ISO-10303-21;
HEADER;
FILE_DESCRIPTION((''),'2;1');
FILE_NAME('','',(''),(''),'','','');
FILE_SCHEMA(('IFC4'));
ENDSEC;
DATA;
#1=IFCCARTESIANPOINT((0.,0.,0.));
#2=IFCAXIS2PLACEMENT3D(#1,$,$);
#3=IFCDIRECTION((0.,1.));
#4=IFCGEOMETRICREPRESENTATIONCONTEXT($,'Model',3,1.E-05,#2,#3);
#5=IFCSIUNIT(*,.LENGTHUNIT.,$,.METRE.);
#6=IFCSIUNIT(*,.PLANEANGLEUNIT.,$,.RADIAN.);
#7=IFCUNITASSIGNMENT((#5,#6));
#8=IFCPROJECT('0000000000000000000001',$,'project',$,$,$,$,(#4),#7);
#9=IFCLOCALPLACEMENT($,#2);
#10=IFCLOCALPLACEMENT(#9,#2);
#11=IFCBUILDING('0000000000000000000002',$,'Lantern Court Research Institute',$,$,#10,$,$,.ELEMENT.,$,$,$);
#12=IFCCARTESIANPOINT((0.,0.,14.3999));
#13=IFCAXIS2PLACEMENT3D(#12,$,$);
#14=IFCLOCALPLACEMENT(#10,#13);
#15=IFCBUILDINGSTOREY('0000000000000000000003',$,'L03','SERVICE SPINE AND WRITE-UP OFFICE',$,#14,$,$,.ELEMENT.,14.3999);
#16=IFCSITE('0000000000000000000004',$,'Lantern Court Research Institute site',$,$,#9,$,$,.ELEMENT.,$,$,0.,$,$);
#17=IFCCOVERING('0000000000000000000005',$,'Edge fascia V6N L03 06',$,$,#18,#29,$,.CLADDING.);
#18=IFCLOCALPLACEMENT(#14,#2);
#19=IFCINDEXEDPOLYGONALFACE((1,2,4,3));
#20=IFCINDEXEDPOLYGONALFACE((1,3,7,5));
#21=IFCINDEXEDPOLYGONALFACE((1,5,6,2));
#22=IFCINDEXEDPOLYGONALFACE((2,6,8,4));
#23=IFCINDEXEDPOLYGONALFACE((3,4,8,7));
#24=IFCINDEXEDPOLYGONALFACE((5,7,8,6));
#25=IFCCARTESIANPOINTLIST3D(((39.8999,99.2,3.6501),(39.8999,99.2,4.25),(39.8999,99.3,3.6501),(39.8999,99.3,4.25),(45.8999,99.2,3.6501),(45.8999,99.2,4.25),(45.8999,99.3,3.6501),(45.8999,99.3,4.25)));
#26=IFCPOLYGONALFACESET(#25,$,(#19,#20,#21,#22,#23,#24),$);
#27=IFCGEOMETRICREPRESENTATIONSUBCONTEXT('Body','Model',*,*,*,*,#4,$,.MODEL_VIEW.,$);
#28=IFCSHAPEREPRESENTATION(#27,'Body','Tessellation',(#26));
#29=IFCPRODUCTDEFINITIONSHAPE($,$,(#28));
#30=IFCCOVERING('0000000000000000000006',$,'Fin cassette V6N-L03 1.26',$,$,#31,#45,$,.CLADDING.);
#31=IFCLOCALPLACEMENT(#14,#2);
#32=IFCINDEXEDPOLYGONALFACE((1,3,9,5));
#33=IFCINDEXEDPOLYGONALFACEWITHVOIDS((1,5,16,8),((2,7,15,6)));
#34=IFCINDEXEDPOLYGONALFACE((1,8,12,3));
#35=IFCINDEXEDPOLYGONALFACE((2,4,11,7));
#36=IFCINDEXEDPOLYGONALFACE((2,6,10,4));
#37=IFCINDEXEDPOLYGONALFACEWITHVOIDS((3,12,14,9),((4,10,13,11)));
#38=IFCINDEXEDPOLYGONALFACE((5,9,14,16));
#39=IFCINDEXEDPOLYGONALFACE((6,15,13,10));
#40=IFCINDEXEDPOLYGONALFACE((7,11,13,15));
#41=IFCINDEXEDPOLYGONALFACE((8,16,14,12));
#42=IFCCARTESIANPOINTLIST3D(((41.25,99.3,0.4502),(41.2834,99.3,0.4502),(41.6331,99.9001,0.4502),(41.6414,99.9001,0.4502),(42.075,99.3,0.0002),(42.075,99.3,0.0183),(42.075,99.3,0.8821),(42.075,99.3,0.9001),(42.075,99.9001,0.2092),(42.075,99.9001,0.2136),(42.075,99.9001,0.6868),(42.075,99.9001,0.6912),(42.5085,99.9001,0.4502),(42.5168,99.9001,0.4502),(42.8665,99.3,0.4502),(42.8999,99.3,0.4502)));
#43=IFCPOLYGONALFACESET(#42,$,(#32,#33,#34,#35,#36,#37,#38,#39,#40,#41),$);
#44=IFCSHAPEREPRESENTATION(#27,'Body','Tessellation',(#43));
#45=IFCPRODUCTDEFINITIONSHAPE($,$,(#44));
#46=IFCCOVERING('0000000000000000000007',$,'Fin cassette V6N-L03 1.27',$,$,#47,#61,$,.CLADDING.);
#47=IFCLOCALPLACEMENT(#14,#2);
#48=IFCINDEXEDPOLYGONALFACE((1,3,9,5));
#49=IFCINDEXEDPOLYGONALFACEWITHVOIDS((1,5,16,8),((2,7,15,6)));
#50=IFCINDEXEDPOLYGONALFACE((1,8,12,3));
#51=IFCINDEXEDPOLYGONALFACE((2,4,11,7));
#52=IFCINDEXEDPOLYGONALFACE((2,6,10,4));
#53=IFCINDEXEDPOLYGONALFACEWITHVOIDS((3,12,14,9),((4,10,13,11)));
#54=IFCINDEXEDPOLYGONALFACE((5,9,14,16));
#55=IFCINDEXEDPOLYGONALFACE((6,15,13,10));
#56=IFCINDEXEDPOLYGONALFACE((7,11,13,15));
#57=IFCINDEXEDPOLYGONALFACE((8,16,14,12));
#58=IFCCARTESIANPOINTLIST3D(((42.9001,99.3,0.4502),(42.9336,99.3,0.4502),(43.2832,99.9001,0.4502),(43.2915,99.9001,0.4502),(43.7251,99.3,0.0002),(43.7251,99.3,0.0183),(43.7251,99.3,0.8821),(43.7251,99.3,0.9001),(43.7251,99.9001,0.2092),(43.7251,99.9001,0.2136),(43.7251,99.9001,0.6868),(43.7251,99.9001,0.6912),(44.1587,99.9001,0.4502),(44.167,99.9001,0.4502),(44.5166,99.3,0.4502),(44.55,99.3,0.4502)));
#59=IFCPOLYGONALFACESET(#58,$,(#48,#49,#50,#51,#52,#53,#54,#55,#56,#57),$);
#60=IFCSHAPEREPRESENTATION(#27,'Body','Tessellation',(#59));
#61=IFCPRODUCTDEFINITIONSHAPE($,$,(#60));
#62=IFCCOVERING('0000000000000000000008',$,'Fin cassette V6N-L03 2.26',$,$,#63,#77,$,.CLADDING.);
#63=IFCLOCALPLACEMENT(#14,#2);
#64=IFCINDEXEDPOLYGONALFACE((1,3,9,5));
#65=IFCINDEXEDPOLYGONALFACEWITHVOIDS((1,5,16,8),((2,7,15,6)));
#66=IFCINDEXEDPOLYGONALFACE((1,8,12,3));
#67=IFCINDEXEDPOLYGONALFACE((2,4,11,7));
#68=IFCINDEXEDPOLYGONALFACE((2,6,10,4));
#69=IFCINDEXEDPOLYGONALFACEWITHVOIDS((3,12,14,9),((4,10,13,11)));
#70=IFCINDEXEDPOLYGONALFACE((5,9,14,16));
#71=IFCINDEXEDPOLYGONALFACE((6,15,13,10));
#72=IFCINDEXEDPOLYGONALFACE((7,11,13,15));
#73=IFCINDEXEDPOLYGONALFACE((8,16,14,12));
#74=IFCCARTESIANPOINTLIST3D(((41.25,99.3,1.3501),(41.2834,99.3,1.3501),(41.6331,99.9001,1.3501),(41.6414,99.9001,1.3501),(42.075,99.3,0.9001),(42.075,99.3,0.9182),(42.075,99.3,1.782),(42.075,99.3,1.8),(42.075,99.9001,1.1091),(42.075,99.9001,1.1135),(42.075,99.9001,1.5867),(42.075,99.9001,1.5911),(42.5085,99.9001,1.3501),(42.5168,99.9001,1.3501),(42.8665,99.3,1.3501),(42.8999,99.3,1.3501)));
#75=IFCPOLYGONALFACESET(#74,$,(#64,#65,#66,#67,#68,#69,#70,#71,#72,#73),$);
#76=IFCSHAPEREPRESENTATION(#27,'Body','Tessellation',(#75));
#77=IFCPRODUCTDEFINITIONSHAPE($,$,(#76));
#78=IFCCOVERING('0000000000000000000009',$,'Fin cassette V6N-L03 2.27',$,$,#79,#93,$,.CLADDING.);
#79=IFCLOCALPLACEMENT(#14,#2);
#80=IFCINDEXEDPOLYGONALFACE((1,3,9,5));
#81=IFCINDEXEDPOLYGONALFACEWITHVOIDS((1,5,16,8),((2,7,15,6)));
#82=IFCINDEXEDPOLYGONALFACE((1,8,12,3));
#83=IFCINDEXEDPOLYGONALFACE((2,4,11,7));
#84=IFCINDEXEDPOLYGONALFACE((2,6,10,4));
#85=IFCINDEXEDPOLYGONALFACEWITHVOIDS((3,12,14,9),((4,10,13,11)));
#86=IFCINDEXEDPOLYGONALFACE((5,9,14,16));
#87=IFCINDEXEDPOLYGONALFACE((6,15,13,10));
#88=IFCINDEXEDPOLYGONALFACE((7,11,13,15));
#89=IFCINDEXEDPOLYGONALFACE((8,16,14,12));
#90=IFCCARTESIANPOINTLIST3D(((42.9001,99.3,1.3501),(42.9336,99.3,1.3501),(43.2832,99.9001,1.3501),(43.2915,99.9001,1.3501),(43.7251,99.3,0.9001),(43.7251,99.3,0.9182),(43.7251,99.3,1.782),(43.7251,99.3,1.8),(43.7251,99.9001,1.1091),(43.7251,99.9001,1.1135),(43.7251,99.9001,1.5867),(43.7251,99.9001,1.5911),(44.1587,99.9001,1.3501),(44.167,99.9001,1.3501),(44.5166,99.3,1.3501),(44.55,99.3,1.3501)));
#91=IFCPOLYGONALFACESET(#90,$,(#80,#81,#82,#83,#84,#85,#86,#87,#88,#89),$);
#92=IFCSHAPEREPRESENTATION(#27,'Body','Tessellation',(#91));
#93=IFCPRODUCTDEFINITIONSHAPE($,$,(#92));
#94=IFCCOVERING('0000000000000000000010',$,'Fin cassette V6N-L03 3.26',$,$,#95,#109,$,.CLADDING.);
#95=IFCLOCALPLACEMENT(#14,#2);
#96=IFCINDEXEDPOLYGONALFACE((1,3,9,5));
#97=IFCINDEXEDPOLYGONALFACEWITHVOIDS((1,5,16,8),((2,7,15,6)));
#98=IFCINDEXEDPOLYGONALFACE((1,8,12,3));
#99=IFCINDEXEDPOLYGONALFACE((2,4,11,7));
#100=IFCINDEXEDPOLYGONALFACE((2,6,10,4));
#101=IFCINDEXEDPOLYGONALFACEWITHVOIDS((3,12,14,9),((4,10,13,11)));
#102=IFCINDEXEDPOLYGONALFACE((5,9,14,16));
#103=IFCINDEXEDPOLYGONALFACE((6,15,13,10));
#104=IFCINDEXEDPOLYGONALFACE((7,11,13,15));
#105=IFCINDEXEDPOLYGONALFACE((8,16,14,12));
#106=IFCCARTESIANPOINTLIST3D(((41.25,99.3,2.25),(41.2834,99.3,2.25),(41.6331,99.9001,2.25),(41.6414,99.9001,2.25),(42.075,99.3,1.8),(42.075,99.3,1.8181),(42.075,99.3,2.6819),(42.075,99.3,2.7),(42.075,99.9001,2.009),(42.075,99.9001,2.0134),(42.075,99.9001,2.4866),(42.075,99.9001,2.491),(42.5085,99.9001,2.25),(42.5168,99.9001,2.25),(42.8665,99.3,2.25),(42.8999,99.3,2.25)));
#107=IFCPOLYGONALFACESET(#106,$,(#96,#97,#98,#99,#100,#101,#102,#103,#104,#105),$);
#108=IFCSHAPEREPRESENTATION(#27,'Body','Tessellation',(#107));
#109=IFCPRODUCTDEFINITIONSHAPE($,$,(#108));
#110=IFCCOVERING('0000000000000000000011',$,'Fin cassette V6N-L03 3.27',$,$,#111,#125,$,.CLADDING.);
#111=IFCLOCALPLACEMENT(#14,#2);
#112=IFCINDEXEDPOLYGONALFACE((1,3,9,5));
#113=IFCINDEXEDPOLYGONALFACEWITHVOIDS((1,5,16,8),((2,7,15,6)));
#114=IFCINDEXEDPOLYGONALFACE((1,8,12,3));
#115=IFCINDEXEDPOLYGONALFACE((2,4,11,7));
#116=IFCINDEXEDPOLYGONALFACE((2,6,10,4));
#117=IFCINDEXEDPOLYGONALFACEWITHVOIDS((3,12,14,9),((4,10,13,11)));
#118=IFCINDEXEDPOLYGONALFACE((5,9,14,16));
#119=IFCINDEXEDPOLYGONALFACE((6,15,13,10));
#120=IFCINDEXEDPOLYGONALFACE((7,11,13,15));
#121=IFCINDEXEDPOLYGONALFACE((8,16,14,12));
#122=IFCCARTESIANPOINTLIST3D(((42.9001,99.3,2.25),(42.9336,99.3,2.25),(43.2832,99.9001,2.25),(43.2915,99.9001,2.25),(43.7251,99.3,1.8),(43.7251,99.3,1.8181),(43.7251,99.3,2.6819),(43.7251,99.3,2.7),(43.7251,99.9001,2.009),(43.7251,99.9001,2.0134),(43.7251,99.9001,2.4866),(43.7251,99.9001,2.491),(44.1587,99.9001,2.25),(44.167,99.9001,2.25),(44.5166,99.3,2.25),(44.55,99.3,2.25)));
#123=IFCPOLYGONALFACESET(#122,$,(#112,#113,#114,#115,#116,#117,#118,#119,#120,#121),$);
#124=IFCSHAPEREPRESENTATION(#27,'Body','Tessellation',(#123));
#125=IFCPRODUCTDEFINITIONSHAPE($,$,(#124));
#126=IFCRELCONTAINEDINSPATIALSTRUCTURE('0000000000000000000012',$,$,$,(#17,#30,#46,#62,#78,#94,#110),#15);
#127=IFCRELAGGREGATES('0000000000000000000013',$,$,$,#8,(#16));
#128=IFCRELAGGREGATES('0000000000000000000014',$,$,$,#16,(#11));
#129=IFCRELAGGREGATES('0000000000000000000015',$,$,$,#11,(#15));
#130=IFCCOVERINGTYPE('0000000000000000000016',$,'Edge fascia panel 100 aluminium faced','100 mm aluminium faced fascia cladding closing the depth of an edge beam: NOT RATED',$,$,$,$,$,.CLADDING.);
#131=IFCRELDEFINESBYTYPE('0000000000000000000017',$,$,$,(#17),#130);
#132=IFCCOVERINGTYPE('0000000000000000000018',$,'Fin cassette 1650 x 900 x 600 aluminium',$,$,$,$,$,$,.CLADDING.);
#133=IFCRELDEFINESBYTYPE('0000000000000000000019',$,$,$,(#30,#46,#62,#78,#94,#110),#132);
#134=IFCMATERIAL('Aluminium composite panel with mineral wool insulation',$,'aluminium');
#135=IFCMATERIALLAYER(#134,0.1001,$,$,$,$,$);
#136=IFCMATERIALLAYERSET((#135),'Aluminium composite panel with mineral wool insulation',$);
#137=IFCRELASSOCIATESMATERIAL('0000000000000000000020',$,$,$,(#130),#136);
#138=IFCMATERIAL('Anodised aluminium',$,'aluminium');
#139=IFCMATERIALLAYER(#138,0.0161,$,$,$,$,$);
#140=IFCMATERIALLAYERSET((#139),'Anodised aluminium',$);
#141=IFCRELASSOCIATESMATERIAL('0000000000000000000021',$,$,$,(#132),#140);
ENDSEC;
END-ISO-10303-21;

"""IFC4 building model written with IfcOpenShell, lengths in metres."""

from ifc_helpers import new_model, entity, si_unit, direction, frame, frame_2d, origin, place, context, subcontext, project, spatial, rectangle, extrude, material, layer, layer_set, type_object, element, save


model = new_model("IFC4")

# Units and contexts
model_context = context("Model", 3, precision=1e-05, world=origin(), true_north=direction((0.0, 1.0)))
body_context = subcontext(model_context, "Body", "Model", "MODEL_VIEW")
ifc_project = project(units=[si_unit("LENGTHUNIT", "METRE"), si_unit("PLANEANGLEUNIT", "RADIAN")], contexts=[model_context])

# Site, building, storey
site_placement = place(None, origin())
site = spatial("IfcSite", under=ifc_project, at=site_placement, Name="Lantern Court Research Institute site", CompositionType="ELEMENT", RefElevation=0.0)
building_placement = place(site_placement, origin())
building = spatial("IfcBuilding", under=site, at=building_placement, Name="Lantern Court Research Institute", CompositionType="ELEMENT")
storey_placement = place(building_placement, frame((0.0, 0.0, 14.3999)))
storey = spatial("IfcBuildingStorey", under=building, at=storey_placement, Name="L03", Description="SERVICE SPINE AND WRITE-UP OFFICE", CompositionType="ELEMENT", Elevation=14.3999)

# Coverings
ifc_material_1 = material(Name="Aluminium composite panel with mineral wool insulation", Category="aluminium")
ifc_layer_1 = layer(ifc_material_1, 0.1001)
ifc_layer_set_1 = layer_set([ifc_layer_1], Name="Aluminium composite panel with mineral wool insulation")
covering_type_1 = type_object("IfcCoveringType", Name="Edge fascia panel 100 aluminium faced", Description="100 mm aluminium faced fascia cladding closing the depth of an edge beam: NOT RATED", PredefinedType="CLADDING", material=ifc_layer_set_1)
covering_1_placement = place(storey_placement, frame((39.8999, 99.25, 3.6501), z_axis=(0.0, 0.0, 1.0), x_axis=(1.0, 0.0, 0.0)))
element("IfcCovering", 1, at=covering_1_placement, inside=storey, type_object=covering_type_1, Name="Edge fascia V6N L03 06", PredefinedType="CLADDING", context=body_context, shape_type="SweptSolid", body=[
    extrude(rectangle(XDim=6.0, YDim=0.1001, at=frame_2d((3.0, 0.0))), origin(), (0.0, 0.0, 1.0), 0.5999),
])
ifc_material_2 = material(Name="Anodised aluminium", Category="aluminium")
ifc_layer_2 = layer(ifc_material_2, 0.0161)
ifc_layer_set_2 = layer_set([ifc_layer_2], Name="Anodised aluminium")
covering_type_2 = type_object("IfcCoveringType", Name="Fin cassette 1650 x 900 x 600 aluminium", PredefinedType="CLADDING", material=ifc_layer_set_2)
covering_2_placement = place(storey_placement, frame((42.075, 99.3, 0.4502), z_axis=(0.0, 1.0, 0.0), x_axis=(-1.0, 0.0, 0.0)))
cartesian_point_1 = entity("IfcCartesianPoint", [0.825, 0.0])
cartesian_point_2 = entity("IfcCartesianPoint", [0.7915, 0.0])
cartesian_point_3 = entity("IfcCartesianPoint", [0.4419, 0.0])
cartesian_point_4 = entity("IfcCartesianPoint", [0.4336, 0.0])
element("IfcCovering", 2, at=covering_2_placement, inside=storey, type_object=covering_type_2, Name="Fin cassette V6N-L03 1.26", PredefinedType="CLADDING", context=body_context, shape_type="SweptSolid", body=[
    entity("IfcExtrudedAreaSolidTapered", entity("IfcArbitraryProfileDefWithVoids", "AREA", None, entity("IfcPolyline", [cartesian_point_1, entity("IfcCartesianPoint", [0.0, 0.45]), entity("IfcCartesianPoint", [-0.825, 0.0]), entity("IfcCartesianPoint", [0.0, -0.45]), cartesian_point_1]), [entity("IfcPolyline", [cartesian_point_2, entity("IfcCartesianPoint", [0.0, 0.4319]), entity("IfcCartesianPoint", [-0.7915, 0.0]), entity("IfcCartesianPoint", [0.0, -0.4319]), cartesian_point_2])]), entity("IfcAxis2Placement3D", entity("IfcCartesianPoint", [0.0, 0.0, 0.0])), entity("IfcDirection", [0.0, 0.0, 1.0]), 0.6001, entity("IfcArbitraryProfileDefWithVoids", "AREA", None, entity("IfcPolyline", [cartesian_point_3, entity("IfcCartesianPoint", [0.0, 0.241]), entity("IfcCartesianPoint", [-0.4419, 0.0]), entity("IfcCartesianPoint", [0.0, -0.241]), cartesian_point_3]), [entity("IfcPolyline", [cartesian_point_4, entity("IfcCartesianPoint", [0.0, 0.2366]), entity("IfcCartesianPoint", [-0.4336, 0.0]), entity("IfcCartesianPoint", [0.0, -0.2366]), cartesian_point_4])])),
])
covering_3_placement = place(storey_placement, frame((43.7251, 99.3, 0.4502), z_axis=(0.0, 1.0, 0.0), x_axis=(-1.0, 0.0, 0.0)))
cartesian_point_5 = entity("IfcCartesianPoint", [0.825, 0.0])
cartesian_point_6 = entity("IfcCartesianPoint", [0.7915, 0.0])
cartesian_point_7 = entity("IfcCartesianPoint", [0.4419, 0.0])
cartesian_point_8 = entity("IfcCartesianPoint", [0.4336, 0.0])
element("IfcCovering", 3, at=covering_3_placement, inside=storey, type_object=covering_type_2, Name="Fin cassette V6N-L03 1.27", PredefinedType="CLADDING", context=body_context, shape_type="SweptSolid", body=[
    entity("IfcExtrudedAreaSolidTapered", entity("IfcArbitraryProfileDefWithVoids", "AREA", None, entity("IfcPolyline", [cartesian_point_5, entity("IfcCartesianPoint", [0.0, 0.45]), entity("IfcCartesianPoint", [-0.825, 0.0]), entity("IfcCartesianPoint", [0.0, -0.45]), cartesian_point_5]), [entity("IfcPolyline", [cartesian_point_6, entity("IfcCartesianPoint", [0.0, 0.4319]), entity("IfcCartesianPoint", [-0.7915, 0.0]), entity("IfcCartesianPoint", [0.0, -0.4319]), cartesian_point_6])]), entity("IfcAxis2Placement3D", entity("IfcCartesianPoint", [0.0, 0.0, 0.0])), entity("IfcDirection", [0.0, 0.0, 1.0]), 0.6001, entity("IfcArbitraryProfileDefWithVoids", "AREA", None, entity("IfcPolyline", [cartesian_point_7, entity("IfcCartesianPoint", [0.0, 0.241]), entity("IfcCartesianPoint", [-0.4419, 0.0]), entity("IfcCartesianPoint", [0.0, -0.241]), cartesian_point_7]), [entity("IfcPolyline", [cartesian_point_8, entity("IfcCartesianPoint", [0.0, 0.2366]), entity("IfcCartesianPoint", [-0.4336, 0.0]), entity("IfcCartesianPoint", [0.0, -0.2366]), cartesian_point_8])])),
])
covering_4_placement = place(storey_placement, frame((42.075, 99.3, 1.3501), z_axis=(0.0, 1.0, 0.0), x_axis=(-1.0, 0.0, 0.0)))
cartesian_point_9 = entity("IfcCartesianPoint", [0.825, 0.0])
cartesian_point_10 = entity("IfcCartesianPoint", [0.7915, 0.0])
cartesian_point_11 = entity("IfcCartesianPoint", [0.4419, 0.0])
cartesian_point_12 = entity("IfcCartesianPoint", [0.4336, 0.0])
element("IfcCovering", 4, at=covering_4_placement, inside=storey, type_object=covering_type_2, Name="Fin cassette V6N-L03 2.26", PredefinedType="CLADDING", context=body_context, shape_type="SweptSolid", body=[
    entity("IfcExtrudedAreaSolidTapered", entity("IfcArbitraryProfileDefWithVoids", "AREA", None, entity("IfcPolyline", [cartesian_point_9, entity("IfcCartesianPoint", [0.0, 0.45]), entity("IfcCartesianPoint", [-0.825, 0.0]), entity("IfcCartesianPoint", [0.0, -0.45]), cartesian_point_9]), [entity("IfcPolyline", [cartesian_point_10, entity("IfcCartesianPoint", [0.0, 0.4319]), entity("IfcCartesianPoint", [-0.7915, 0.0]), entity("IfcCartesianPoint", [0.0, -0.4319]), cartesian_point_10])]), entity("IfcAxis2Placement3D", entity("IfcCartesianPoint", [0.0, 0.0, 0.0])), entity("IfcDirection", [0.0, 0.0, 1.0]), 0.6001, entity("IfcArbitraryProfileDefWithVoids", "AREA", None, entity("IfcPolyline", [cartesian_point_11, entity("IfcCartesianPoint", [0.0, 0.241]), entity("IfcCartesianPoint", [-0.4419, 0.0]), entity("IfcCartesianPoint", [0.0, -0.241]), cartesian_point_11]), [entity("IfcPolyline", [cartesian_point_12, entity("IfcCartesianPoint", [0.0, 0.2366]), entity("IfcCartesianPoint", [-0.4336, 0.0]), entity("IfcCartesianPoint", [0.0, -0.2366]), cartesian_point_12])])),
])
covering_5_placement = place(storey_placement, frame((43.7251, 99.3, 1.3501), z_axis=(0.0, 1.0, 0.0), x_axis=(-1.0, 0.0, 0.0)))
cartesian_point_13 = entity("IfcCartesianPoint", [0.825, 0.0])
cartesian_point_14 = entity("IfcCartesianPoint", [0.7915, 0.0])
cartesian_point_15 = entity("IfcCartesianPoint", [0.4419, 0.0])
cartesian_point_16 = entity("IfcCartesianPoint", [0.4336, 0.0])
element("IfcCovering", 5, at=covering_5_placement, inside=storey, type_object=covering_type_2, Name="Fin cassette V6N-L03 2.27", PredefinedType="CLADDING", context=body_context, shape_type="SweptSolid", body=[
    entity("IfcExtrudedAreaSolidTapered", entity("IfcArbitraryProfileDefWithVoids", "AREA", None, entity("IfcPolyline", [cartesian_point_13, entity("IfcCartesianPoint", [0.0, 0.45]), entity("IfcCartesianPoint", [-0.825, 0.0]), entity("IfcCartesianPoint", [0.0, -0.45]), cartesian_point_13]), [entity("IfcPolyline", [cartesian_point_14, entity("IfcCartesianPoint", [0.0, 0.4319]), entity("IfcCartesianPoint", [-0.7915, 0.0]), entity("IfcCartesianPoint", [0.0, -0.4319]), cartesian_point_14])]), entity("IfcAxis2Placement3D", entity("IfcCartesianPoint", [0.0, 0.0, 0.0])), entity("IfcDirection", [0.0, 0.0, 1.0]), 0.6001, entity("IfcArbitraryProfileDefWithVoids", "AREA", None, entity("IfcPolyline", [cartesian_point_15, entity("IfcCartesianPoint", [0.0, 0.241]), entity("IfcCartesianPoint", [-0.4419, 0.0]), entity("IfcCartesianPoint", [0.0, -0.241]), cartesian_point_15]), [entity("IfcPolyline", [cartesian_point_16, entity("IfcCartesianPoint", [0.0, 0.2366]), entity("IfcCartesianPoint", [-0.4336, 0.0]), entity("IfcCartesianPoint", [0.0, -0.2366]), cartesian_point_16])])),
])
covering_6_placement = place(storey_placement, frame((42.075, 99.3, 2.25), z_axis=(0.0, 1.0, 0.0), x_axis=(-1.0, 0.0, 0.0)))
cartesian_point_17 = entity("IfcCartesianPoint", [0.825, 0.0])
cartesian_point_18 = entity("IfcCartesianPoint", [0.7915, 0.0])
cartesian_point_19 = entity("IfcCartesianPoint", [0.4419, 0.0])
cartesian_point_20 = entity("IfcCartesianPoint", [0.4336, 0.0])
element("IfcCovering", 6, at=covering_6_placement, inside=storey, type_object=covering_type_2, Name="Fin cassette V6N-L03 3.26", PredefinedType="CLADDING", context=body_context, shape_type="SweptSolid", body=[
    entity("IfcExtrudedAreaSolidTapered", entity("IfcArbitraryProfileDefWithVoids", "AREA", None, entity("IfcPolyline", [cartesian_point_17, entity("IfcCartesianPoint", [0.0, 0.45]), entity("IfcCartesianPoint", [-0.825, 0.0]), entity("IfcCartesianPoint", [0.0, -0.45]), cartesian_point_17]), [entity("IfcPolyline", [cartesian_point_18, entity("IfcCartesianPoint", [0.0, 0.4319]), entity("IfcCartesianPoint", [-0.7915, 0.0]), entity("IfcCartesianPoint", [0.0, -0.4319]), cartesian_point_18])]), entity("IfcAxis2Placement3D", entity("IfcCartesianPoint", [0.0, 0.0, 0.0])), entity("IfcDirection", [0.0, 0.0, 1.0]), 0.6001, entity("IfcArbitraryProfileDefWithVoids", "AREA", None, entity("IfcPolyline", [cartesian_point_19, entity("IfcCartesianPoint", [0.0, 0.241]), entity("IfcCartesianPoint", [-0.4419, 0.0]), entity("IfcCartesianPoint", [0.0, -0.241]), cartesian_point_19]), [entity("IfcPolyline", [cartesian_point_20, entity("IfcCartesianPoint", [0.0, 0.2366]), entity("IfcCartesianPoint", [-0.4336, 0.0]), entity("IfcCartesianPoint", [0.0, -0.2366]), cartesian_point_20])])),
])
covering_7_placement = place(storey_placement, frame((43.7251, 99.3, 2.25), z_axis=(0.0, 1.0, 0.0), x_axis=(-1.0, 0.0, 0.0)))
cartesian_point_21 = entity("IfcCartesianPoint", [0.825, 0.0])
cartesian_point_22 = entity("IfcCartesianPoint", [0.7915, 0.0])
cartesian_point_23 = entity("IfcCartesianPoint", [0.4419, 0.0])
cartesian_point_24 = entity("IfcCartesianPoint", [0.4336, 0.0])
element("IfcCovering", 7, at=covering_7_placement, inside=storey, type_object=covering_type_2, Name="Fin cassette V6N-L03 3.27", PredefinedType="CLADDING", context=body_context, shape_type="SweptSolid", body=[
    entity("IfcExtrudedAreaSolidTapered", entity("IfcArbitraryProfileDefWithVoids", "AREA", None, entity("IfcPolyline", [cartesian_point_21, entity("IfcCartesianPoint", [0.0, 0.45]), entity("IfcCartesianPoint", [-0.825, 0.0]), entity("IfcCartesianPoint", [0.0, -0.45]), cartesian_point_21]), [entity("IfcPolyline", [cartesian_point_22, entity("IfcCartesianPoint", [0.0, 0.4319]), entity("IfcCartesianPoint", [-0.7915, 0.0]), entity("IfcCartesianPoint", [0.0, -0.4319]), cartesian_point_22])]), entity("IfcAxis2Placement3D", entity("IfcCartesianPoint", [0.0, 0.0, 0.0])), entity("IfcDirection", [0.0, 0.0, 1.0]), 0.6001, entity("IfcArbitraryProfileDefWithVoids", "AREA", None, entity("IfcPolyline", [cartesian_point_23, entity("IfcCartesianPoint", [0.0, 0.241]), entity("IfcCartesianPoint", [-0.4419, 0.0]), entity("IfcCartesianPoint", [0.0, -0.241]), cartesian_point_23]), [entity("IfcPolyline", [cartesian_point_24, entity("IfcCartesianPoint", [0.0, 0.2366]), entity("IfcCartesianPoint", [-0.4336, 0.0]), entity("IfcCartesianPoint", [0.0, -0.2366]), cartesian_point_24])])),
])

save(model, "model.ifc")
